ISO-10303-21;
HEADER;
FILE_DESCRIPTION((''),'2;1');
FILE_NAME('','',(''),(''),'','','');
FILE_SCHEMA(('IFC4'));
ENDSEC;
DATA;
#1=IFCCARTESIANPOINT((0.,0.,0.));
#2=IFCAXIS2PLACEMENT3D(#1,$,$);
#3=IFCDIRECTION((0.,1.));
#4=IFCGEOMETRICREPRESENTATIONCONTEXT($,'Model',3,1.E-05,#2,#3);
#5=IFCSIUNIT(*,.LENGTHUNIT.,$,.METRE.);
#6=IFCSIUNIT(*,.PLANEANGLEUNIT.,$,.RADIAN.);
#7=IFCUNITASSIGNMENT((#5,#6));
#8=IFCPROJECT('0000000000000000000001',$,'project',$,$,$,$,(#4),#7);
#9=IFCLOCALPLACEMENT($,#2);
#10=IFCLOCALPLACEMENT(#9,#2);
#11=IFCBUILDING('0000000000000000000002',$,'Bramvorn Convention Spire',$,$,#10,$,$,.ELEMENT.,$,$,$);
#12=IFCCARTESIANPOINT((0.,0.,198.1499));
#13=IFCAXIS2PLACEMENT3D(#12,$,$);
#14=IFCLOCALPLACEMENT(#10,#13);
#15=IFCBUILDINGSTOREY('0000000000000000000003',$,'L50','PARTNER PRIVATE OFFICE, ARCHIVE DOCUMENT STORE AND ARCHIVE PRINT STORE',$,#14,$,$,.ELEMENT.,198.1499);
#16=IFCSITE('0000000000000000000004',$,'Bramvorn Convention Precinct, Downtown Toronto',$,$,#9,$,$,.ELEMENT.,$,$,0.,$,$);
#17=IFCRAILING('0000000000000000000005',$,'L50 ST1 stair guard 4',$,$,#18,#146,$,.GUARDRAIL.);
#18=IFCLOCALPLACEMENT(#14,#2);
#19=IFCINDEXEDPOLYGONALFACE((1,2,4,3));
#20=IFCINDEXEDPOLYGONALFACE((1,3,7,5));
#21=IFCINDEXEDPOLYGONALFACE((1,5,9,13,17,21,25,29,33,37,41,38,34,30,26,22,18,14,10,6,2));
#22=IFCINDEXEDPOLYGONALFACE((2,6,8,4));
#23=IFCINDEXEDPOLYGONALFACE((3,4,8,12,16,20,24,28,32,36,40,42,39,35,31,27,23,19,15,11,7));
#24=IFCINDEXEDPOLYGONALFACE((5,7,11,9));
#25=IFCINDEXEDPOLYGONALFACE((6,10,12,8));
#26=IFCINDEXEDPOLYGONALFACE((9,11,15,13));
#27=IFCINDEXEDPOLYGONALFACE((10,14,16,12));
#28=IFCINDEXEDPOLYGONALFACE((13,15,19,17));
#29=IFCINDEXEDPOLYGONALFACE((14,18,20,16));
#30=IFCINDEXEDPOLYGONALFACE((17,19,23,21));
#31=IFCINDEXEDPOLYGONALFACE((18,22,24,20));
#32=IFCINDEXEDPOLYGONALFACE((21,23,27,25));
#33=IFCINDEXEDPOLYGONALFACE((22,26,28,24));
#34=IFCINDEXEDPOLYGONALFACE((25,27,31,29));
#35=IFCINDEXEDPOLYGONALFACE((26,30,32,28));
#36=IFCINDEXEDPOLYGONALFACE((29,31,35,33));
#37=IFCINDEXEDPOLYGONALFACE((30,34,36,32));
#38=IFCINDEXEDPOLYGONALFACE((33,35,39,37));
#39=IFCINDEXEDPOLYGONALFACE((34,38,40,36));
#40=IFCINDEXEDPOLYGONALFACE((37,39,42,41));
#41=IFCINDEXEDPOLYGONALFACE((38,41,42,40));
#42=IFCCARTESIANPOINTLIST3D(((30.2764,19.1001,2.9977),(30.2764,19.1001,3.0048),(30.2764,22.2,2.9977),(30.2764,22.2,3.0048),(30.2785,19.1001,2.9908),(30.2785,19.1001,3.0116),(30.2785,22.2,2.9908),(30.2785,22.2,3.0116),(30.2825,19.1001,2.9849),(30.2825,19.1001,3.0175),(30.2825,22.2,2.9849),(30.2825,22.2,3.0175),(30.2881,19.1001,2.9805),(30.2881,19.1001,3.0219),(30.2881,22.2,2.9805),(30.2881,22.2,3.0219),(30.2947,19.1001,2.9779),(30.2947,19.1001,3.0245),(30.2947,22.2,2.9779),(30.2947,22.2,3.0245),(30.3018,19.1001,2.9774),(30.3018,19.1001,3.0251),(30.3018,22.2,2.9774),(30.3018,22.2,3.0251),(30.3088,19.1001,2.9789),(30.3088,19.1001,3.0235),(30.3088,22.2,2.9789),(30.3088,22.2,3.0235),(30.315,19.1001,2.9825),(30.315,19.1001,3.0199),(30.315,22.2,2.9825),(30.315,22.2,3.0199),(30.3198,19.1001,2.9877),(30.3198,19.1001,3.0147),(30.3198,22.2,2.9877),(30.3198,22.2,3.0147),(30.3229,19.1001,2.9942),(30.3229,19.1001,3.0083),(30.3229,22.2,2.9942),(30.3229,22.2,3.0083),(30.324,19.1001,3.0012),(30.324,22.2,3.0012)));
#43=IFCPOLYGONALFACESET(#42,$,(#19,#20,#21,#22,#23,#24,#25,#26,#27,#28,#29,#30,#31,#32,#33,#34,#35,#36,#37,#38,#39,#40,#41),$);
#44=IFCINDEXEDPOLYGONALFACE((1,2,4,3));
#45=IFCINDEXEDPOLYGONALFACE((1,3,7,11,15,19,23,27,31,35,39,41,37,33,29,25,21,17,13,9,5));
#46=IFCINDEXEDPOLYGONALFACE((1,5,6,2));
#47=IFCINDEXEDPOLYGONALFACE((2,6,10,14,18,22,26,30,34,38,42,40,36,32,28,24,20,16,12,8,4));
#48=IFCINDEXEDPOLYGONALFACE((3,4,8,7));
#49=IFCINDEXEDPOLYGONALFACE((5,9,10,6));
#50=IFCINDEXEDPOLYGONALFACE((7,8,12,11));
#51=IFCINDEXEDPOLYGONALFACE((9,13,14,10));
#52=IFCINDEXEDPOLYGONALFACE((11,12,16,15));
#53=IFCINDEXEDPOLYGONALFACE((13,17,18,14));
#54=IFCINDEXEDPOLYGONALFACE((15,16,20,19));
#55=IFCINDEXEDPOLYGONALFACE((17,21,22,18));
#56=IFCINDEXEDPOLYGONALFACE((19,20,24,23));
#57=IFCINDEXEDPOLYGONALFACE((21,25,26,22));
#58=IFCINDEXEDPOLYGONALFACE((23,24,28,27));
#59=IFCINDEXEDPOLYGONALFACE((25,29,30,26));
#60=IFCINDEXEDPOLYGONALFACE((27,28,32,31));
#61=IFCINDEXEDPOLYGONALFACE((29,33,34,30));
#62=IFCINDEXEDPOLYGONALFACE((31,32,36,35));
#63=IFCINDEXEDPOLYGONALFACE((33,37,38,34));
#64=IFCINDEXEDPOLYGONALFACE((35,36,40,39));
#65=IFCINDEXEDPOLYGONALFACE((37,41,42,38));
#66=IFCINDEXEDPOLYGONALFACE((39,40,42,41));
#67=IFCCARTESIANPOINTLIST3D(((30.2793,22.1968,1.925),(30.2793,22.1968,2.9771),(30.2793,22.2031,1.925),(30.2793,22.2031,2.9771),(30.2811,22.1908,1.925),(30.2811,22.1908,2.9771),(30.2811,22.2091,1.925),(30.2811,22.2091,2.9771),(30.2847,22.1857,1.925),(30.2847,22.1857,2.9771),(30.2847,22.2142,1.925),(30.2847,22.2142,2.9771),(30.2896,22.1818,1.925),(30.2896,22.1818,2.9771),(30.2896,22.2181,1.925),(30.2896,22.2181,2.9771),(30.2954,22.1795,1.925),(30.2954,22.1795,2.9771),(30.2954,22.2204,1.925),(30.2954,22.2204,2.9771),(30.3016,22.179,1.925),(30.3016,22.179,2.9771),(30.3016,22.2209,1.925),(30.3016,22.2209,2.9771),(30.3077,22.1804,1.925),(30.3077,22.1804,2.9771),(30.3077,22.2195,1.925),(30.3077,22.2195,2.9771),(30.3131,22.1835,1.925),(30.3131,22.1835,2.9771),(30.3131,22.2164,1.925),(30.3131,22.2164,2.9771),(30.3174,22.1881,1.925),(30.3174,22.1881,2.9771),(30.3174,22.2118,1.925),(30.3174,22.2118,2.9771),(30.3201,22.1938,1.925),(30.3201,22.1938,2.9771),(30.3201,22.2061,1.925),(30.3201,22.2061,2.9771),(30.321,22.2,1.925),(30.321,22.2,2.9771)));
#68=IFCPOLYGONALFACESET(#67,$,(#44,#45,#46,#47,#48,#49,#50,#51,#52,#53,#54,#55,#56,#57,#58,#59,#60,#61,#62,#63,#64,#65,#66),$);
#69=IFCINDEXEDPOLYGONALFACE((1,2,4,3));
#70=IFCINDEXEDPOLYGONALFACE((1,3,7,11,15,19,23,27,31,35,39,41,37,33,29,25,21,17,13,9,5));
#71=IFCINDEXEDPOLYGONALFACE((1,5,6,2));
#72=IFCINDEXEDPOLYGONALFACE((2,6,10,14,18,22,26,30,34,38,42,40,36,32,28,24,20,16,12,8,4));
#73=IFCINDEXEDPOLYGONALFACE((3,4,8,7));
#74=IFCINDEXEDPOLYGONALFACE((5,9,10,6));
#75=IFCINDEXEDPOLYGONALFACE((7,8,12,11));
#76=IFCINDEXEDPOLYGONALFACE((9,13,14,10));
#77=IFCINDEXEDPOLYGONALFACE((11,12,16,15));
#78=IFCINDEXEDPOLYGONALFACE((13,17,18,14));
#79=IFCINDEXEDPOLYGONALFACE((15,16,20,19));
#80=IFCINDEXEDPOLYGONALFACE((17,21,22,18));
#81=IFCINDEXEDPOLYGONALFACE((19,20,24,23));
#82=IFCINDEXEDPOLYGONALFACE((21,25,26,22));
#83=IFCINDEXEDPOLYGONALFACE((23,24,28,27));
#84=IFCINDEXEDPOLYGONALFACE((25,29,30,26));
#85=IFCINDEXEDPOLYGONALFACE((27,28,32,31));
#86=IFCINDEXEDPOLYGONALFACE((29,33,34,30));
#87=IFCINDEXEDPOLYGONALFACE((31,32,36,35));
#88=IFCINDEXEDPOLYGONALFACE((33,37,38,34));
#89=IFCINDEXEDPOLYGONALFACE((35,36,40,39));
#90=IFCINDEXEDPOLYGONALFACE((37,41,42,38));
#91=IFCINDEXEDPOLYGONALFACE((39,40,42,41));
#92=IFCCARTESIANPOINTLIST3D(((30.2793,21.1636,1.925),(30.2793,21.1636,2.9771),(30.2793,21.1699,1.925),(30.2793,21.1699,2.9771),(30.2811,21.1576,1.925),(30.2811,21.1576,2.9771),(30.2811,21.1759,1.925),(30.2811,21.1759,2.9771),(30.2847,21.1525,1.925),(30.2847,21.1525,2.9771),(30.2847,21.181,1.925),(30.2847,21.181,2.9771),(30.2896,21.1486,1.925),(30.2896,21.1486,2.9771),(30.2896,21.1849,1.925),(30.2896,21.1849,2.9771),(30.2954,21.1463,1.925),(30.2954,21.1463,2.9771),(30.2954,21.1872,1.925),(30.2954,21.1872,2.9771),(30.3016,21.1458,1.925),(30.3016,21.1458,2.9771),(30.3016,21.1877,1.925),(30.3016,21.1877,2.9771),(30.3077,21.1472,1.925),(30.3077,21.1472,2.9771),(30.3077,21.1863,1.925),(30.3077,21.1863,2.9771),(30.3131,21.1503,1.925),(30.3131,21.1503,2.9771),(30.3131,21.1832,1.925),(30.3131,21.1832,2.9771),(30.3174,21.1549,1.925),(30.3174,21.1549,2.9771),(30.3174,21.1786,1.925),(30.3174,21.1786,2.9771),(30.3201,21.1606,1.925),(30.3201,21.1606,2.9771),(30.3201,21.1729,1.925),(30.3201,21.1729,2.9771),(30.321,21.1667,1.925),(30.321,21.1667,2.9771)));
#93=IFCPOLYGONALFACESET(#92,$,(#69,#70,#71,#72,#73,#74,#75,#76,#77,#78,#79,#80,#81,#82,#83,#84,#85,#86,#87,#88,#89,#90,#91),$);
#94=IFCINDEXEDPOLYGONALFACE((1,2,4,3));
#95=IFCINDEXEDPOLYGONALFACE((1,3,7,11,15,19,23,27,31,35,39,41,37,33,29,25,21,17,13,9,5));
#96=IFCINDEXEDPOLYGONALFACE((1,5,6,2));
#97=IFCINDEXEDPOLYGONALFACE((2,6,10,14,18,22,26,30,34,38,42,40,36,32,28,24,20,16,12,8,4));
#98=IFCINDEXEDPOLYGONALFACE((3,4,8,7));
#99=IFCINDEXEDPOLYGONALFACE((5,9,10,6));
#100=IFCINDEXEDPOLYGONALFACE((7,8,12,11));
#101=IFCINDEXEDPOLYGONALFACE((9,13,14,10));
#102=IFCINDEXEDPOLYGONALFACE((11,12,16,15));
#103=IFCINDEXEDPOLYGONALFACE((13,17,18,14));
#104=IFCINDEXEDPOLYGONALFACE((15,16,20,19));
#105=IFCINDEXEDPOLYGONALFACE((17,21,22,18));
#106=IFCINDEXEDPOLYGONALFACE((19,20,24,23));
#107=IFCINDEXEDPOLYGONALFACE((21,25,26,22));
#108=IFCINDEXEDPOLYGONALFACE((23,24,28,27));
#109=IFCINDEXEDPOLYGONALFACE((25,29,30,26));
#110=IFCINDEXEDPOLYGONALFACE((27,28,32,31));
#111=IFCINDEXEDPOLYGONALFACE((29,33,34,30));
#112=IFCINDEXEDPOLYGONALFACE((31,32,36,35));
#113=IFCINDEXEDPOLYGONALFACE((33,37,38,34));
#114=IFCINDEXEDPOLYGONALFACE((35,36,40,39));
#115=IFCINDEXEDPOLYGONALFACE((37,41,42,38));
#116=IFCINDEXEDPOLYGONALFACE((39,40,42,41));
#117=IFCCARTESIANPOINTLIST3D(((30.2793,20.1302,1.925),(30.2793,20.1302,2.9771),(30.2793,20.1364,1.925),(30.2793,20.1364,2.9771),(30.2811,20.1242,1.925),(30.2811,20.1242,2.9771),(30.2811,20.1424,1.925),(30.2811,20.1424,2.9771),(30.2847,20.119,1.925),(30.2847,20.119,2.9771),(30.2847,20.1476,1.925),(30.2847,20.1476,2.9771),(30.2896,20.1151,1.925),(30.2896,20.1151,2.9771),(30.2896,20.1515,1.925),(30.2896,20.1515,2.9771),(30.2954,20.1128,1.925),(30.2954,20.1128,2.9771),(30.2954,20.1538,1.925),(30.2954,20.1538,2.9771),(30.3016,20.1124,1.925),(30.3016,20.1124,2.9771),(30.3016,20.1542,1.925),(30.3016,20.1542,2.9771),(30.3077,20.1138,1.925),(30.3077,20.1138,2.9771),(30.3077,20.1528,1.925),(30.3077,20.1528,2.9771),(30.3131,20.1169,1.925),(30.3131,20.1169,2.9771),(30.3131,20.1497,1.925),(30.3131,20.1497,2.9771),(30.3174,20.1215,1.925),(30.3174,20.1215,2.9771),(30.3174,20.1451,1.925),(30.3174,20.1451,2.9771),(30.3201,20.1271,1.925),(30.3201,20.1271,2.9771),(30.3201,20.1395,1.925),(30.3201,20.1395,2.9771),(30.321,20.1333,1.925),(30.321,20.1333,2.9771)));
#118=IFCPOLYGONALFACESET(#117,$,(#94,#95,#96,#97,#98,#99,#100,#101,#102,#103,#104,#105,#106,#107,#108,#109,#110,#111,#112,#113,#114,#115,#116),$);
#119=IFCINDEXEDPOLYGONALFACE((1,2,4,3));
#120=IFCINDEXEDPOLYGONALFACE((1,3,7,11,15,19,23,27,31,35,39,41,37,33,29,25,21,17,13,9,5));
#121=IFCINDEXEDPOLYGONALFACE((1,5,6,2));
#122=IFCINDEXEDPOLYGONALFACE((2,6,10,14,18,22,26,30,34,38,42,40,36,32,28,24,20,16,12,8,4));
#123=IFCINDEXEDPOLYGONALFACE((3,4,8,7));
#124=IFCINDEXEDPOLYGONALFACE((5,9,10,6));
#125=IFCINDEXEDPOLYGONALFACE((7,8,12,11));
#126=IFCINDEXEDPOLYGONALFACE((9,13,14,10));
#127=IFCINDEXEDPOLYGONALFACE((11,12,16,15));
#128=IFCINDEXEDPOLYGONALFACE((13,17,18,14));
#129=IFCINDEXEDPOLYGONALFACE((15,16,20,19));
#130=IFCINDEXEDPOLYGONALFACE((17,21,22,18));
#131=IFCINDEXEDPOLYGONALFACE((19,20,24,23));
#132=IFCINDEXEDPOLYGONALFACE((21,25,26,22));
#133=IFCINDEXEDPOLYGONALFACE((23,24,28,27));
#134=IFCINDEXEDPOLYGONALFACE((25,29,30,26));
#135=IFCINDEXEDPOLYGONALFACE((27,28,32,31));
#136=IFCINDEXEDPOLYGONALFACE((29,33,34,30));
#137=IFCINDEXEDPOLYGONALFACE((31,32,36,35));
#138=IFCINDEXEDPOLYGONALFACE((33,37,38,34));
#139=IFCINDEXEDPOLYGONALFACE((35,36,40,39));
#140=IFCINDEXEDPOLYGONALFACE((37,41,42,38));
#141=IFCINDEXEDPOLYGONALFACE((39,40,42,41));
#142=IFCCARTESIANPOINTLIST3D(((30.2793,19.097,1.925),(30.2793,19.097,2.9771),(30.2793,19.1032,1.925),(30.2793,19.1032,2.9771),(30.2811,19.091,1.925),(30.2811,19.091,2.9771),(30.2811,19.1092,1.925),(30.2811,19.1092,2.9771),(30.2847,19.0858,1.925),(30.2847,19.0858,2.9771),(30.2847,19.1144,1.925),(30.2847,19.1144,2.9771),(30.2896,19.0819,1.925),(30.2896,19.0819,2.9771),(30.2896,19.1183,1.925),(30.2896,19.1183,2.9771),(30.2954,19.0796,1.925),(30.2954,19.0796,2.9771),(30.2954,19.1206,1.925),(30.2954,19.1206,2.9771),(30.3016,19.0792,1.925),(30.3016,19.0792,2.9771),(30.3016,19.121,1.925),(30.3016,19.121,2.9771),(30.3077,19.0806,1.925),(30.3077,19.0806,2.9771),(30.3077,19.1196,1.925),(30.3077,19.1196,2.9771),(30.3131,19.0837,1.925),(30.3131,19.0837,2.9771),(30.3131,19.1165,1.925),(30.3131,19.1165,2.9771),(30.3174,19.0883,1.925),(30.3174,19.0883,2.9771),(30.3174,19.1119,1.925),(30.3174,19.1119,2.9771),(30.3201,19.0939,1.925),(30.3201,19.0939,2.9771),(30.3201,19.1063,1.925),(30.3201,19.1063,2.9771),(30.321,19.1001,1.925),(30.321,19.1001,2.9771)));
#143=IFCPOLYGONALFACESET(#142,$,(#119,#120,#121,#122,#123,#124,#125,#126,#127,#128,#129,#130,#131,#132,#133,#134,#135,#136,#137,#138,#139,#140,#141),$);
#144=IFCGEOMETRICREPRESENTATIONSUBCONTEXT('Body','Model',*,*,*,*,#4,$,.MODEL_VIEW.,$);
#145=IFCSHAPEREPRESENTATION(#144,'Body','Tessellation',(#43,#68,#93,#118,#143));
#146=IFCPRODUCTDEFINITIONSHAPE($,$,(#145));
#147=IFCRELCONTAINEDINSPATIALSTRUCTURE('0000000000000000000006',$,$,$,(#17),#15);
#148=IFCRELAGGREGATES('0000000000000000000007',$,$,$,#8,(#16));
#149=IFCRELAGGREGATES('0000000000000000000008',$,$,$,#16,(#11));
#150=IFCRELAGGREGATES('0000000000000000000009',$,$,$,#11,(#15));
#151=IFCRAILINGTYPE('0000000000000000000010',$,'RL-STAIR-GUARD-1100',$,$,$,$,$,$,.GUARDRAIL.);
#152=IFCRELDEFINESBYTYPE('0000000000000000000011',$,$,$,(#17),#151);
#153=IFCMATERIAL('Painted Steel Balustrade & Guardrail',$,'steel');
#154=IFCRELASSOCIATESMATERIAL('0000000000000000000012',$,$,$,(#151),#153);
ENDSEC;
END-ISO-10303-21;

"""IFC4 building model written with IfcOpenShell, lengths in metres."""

from ifc_helpers import new_model, si_unit, direction, frame, origin, origin_2d, place, context, subcontext, project, spatial, circle, extrude, material, type_object, element, save


model = new_model("IFC4")

# Units and contexts
model_context = context("Model", 3, precision=1e-05, world=origin(), true_north=direction((0.0, 1.0)))
body_context = subcontext(model_context, "Body", "Model", "MODEL_VIEW")
ifc_project = project(units=[si_unit("LENGTHUNIT", "METRE"), si_unit("PLANEANGLEUNIT", "RADIAN")], contexts=[model_context])

# Site, building, storey
site_placement = place(None, origin())
site = spatial("IfcSite", under=ifc_project, at=site_placement, Name="Bramvorn Convention Precinct, Downtown Toronto", CompositionType="ELEMENT", RefElevation=0.0)
building_placement = place(site_placement, origin())
building = spatial("IfcBuilding", under=site, at=building_placement, Name="Bramvorn Convention Spire", CompositionType="ELEMENT")
storey_placement = place(building_placement, frame((0.0, 0.0, 198.1499)))
storey = spatial("IfcBuildingStorey", under=building, at=storey_placement, Name="L50", Description="PARTNER PRIVATE OFFICE, ARCHIVE DOCUMENT STORE AND ARCHIVE PRINT STORE", CompositionType="ELEMENT", Elevation=198.1499)

# Railing
ifc_material_1 = material(Name="Painted Steel Balustrade & Guardrail", Category="steel")
railing_type_1 = type_object("IfcRailingType", Name="RL-STAIR-GUARD-1100", PredefinedType="GUARDRAIL", material=ifc_material_1)
for number, where, name in (
    (1, (30.3, 22.2, 1.925), "L50 ST1 stair guard 4"),
):
    element("IfcRailing", number, at=place(storey_placement, frame(where)), inside=storey, type_object=railing_type_1, Name=name, PredefinedType="GUARDRAIL", context=body_context, shape_type="SweptSolid", body=[
        extrude(circle(Radius=0.0239, at=origin_2d()), frame((0.0, 0.0, 1.0762), z_axis=(0.0, -1.0, 0.0), x_axis=(1.0, 0.0, 0.0)), (0.0, 0.0, 1.0), 3.0999),
        extrude(circle(Radius=0.021, at=origin_2d()), origin(), (0.0, 0.0, 1.0), 1.052),
        extrude(circle(Radius=0.021, at=origin_2d()), frame((0.0, -1.0332, 0.0)), (0.0, 0.0, 1.0), 1.052),
        extrude(circle(Radius=0.021, at=origin_2d()), frame((0.0, -2.0667, 0.0)), (0.0, 0.0, 1.0), 1.052),
        extrude(circle(Radius=0.021, at=origin_2d()), frame((0.0, -3.0999, 0.0)), (0.0, 0.0, 1.0), 1.052),
    ])

save(model, "model.ifc")
